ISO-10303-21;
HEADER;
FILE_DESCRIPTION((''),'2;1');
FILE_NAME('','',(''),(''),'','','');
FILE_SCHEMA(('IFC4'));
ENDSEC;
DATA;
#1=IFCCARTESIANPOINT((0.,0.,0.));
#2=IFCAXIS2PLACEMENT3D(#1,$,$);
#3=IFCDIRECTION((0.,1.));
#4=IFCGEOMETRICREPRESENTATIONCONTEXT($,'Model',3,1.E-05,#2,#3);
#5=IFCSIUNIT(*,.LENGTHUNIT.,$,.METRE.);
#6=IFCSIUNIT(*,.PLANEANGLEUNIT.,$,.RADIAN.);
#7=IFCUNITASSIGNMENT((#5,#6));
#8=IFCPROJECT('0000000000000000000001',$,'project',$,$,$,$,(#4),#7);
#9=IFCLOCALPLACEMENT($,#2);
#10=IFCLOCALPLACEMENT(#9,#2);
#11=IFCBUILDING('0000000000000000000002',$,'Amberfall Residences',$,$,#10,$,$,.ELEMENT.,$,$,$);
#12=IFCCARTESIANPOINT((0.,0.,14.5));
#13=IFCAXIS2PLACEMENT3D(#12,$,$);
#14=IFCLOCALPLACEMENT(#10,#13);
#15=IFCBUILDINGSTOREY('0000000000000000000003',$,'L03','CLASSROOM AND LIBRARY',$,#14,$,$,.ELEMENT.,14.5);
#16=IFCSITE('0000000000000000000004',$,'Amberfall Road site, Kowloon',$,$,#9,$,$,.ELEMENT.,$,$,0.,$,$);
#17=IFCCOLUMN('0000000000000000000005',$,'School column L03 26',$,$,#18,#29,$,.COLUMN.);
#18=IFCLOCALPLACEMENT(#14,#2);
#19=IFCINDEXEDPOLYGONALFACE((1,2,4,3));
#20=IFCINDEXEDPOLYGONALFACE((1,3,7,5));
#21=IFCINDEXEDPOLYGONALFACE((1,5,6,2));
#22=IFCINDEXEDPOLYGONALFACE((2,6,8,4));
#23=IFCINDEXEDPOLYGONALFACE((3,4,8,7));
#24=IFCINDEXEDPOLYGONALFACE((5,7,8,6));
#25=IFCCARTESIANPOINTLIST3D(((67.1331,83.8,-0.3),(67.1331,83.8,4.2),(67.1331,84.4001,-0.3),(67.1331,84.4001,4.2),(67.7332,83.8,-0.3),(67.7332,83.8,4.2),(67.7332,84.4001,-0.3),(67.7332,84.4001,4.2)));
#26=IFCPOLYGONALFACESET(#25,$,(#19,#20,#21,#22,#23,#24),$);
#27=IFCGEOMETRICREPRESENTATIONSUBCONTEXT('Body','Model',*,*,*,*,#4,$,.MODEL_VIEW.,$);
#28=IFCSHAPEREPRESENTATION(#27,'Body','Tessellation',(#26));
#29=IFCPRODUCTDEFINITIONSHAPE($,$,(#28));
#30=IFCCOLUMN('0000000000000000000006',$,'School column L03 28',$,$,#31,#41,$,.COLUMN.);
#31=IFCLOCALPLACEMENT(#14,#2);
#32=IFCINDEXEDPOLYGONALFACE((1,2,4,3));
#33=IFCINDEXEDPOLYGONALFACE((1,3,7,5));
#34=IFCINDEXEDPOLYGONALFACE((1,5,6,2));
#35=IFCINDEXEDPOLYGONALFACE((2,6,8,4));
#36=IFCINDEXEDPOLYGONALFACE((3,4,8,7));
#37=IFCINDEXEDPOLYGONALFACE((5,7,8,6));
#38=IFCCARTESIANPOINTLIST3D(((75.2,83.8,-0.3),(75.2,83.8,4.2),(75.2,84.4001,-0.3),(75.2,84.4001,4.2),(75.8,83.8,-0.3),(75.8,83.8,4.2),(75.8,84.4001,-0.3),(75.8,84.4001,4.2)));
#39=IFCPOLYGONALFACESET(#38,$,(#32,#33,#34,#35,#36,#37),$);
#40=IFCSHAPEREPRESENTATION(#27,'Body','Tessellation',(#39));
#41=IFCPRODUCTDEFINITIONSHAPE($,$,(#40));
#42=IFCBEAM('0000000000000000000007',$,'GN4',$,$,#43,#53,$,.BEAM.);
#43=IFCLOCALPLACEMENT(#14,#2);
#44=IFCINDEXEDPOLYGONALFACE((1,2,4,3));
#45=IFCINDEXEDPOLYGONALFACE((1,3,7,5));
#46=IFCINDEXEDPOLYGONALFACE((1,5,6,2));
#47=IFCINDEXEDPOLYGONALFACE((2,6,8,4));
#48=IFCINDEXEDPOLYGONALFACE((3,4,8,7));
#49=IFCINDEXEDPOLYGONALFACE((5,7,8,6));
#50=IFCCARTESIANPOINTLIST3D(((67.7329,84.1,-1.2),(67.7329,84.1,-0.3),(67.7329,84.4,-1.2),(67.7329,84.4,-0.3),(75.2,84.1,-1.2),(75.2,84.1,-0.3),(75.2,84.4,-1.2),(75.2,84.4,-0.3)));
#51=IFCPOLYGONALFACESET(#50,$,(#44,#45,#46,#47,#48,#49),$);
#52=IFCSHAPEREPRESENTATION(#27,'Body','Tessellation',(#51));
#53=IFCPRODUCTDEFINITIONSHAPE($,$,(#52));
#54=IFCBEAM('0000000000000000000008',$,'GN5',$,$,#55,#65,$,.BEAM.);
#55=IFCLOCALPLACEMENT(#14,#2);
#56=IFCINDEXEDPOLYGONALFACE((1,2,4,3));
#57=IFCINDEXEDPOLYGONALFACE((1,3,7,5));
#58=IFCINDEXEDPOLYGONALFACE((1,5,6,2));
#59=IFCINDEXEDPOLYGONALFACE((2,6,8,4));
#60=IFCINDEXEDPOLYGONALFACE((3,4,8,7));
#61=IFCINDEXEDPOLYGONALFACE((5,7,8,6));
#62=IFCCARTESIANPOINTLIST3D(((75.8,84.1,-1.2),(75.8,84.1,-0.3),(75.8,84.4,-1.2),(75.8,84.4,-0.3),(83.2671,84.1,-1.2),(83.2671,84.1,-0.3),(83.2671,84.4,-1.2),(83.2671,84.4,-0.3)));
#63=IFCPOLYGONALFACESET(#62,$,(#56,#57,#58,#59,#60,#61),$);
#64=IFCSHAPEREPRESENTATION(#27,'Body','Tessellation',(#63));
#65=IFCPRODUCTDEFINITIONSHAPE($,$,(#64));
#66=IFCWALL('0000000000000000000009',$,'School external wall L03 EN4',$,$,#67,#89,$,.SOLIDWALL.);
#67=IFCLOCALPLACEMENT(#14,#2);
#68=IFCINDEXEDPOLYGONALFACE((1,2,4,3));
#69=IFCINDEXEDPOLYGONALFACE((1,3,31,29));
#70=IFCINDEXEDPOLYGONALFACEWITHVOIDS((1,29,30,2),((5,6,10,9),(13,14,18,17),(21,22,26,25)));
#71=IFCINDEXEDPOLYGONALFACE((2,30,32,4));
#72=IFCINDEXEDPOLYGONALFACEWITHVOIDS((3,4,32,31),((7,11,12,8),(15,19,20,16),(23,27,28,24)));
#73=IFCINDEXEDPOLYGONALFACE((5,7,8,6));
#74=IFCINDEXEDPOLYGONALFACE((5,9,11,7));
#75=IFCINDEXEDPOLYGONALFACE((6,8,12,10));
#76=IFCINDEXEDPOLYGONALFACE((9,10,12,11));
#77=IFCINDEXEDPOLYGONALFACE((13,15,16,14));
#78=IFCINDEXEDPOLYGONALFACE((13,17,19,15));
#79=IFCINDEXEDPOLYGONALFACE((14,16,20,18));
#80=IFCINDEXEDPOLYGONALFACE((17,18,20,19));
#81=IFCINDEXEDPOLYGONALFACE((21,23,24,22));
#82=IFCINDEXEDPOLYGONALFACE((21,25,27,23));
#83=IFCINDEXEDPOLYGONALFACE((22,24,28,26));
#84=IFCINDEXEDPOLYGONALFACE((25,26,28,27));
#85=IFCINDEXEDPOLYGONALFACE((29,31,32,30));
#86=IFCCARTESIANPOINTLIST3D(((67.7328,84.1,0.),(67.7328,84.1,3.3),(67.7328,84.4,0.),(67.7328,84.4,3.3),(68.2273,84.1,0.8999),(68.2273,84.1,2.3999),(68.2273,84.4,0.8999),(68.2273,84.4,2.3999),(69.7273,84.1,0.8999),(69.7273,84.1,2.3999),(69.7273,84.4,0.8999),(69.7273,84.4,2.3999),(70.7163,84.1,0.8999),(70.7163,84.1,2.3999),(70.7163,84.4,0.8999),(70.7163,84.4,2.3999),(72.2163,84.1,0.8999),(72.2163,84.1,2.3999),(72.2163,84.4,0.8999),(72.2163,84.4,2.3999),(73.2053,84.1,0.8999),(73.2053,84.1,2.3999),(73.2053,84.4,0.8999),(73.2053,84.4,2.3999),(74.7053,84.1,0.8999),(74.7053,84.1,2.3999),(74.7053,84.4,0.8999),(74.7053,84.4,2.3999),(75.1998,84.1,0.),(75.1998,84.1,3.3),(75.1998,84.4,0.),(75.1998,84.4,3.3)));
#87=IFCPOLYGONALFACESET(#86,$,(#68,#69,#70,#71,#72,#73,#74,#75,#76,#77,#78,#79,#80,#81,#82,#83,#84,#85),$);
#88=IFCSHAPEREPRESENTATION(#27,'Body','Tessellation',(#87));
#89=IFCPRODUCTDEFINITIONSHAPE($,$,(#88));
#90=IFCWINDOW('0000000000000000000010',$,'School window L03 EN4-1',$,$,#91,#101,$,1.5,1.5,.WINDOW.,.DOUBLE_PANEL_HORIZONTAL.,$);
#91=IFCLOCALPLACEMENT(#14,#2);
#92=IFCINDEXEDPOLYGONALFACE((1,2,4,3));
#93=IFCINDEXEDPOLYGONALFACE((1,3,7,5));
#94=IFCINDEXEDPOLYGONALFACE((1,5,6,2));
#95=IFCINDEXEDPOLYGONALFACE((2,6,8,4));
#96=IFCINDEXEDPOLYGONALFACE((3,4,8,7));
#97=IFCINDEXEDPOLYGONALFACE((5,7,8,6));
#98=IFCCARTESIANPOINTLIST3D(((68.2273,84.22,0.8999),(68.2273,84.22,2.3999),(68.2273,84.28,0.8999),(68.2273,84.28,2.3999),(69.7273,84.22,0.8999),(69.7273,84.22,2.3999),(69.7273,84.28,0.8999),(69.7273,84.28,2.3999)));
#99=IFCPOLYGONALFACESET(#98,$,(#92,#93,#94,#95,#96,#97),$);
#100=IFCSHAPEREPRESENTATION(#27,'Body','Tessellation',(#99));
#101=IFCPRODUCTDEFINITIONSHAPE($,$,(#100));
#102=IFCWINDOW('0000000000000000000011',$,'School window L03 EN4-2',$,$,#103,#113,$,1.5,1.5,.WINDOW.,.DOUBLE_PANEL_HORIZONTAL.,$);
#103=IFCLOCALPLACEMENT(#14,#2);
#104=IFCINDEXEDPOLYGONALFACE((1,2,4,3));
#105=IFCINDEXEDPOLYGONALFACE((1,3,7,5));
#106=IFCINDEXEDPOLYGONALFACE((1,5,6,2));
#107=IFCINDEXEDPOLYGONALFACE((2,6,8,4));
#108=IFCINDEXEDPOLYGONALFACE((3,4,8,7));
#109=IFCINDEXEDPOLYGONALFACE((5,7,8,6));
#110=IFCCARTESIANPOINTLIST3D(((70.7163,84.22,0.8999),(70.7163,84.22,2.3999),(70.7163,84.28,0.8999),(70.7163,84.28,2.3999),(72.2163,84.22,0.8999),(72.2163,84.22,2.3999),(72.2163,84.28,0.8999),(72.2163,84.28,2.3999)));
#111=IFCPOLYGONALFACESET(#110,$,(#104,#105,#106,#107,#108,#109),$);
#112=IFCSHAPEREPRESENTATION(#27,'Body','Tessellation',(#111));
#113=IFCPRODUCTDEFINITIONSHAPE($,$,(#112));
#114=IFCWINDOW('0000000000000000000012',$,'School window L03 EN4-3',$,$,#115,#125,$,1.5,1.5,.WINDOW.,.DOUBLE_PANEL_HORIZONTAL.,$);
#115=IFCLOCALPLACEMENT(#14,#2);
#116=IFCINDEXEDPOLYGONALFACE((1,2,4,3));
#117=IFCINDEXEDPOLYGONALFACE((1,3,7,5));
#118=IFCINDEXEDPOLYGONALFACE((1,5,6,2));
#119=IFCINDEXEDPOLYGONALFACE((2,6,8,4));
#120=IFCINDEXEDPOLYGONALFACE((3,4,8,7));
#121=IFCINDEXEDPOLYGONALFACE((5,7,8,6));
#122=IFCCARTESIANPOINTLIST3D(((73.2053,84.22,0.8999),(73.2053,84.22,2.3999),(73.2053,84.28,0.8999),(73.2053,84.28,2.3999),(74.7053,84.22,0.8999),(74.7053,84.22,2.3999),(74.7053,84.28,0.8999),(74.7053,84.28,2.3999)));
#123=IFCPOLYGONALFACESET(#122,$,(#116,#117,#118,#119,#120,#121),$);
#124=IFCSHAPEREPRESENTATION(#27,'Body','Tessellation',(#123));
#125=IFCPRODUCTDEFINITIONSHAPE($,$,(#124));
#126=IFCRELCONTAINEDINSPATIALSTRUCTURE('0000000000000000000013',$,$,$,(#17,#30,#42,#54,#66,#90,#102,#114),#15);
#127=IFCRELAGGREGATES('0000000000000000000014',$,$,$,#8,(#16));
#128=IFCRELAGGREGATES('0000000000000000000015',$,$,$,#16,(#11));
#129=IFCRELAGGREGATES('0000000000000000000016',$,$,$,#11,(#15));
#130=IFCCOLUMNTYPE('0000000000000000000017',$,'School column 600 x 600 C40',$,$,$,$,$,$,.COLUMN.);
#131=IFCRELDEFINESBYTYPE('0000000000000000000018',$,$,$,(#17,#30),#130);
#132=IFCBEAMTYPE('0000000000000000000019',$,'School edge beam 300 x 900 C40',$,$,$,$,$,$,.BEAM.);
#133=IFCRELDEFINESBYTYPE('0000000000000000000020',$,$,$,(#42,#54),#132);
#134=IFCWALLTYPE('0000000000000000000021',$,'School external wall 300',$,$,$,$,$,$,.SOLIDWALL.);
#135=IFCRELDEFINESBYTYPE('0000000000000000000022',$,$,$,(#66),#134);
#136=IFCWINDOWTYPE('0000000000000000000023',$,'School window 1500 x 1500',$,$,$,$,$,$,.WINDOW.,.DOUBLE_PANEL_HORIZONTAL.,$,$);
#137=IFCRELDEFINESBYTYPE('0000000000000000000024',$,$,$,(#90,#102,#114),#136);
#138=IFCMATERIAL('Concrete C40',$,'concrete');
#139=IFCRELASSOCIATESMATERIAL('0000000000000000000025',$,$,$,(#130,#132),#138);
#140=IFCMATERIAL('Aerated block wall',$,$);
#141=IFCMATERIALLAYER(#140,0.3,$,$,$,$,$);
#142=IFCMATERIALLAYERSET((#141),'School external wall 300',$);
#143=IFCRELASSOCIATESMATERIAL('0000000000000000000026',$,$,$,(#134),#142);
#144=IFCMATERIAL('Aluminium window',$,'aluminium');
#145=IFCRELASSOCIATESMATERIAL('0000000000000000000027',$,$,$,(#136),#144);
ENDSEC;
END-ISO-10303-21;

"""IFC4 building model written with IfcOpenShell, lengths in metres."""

from ifc_helpers import new_model, si_unit, direction, frame, frame_2d, origin, origin_2d, place, context, subcontext, project, spatial, rectangle, extrude, material, layer, layer_set, material_profile, profile_set, type_object, element, fill, save


model = new_model("IFC4")

# Units and contexts
model_context = context("Model", 3, precision=1e-05, world=origin(), true_north=direction((0.0, 1.0)))
body_context = subcontext(model_context, "Body", "Model", "MODEL_VIEW")
ifc_project = project(units=[si_unit("LENGTHUNIT", "METRE"), si_unit("PLANEANGLEUNIT", "RADIAN")], contexts=[model_context])

# Site, building, storey
site_placement = place(None, origin())
site = spatial("IfcSite", under=ifc_project, at=site_placement, Name="Amberfall Road site, Kowloon", CompositionType="ELEMENT", RefElevation=0.0)
building_placement = place(site_placement, origin())
building = spatial("IfcBuilding", under=site, at=building_placement, Name="Amberfall Residences", CompositionType="ELEMENT")
storey_placement = place(building_placement, frame((0.0, 0.0, 14.5)))
storey = spatial("IfcBuildingStorey", under=building, at=storey_placement, Name="L03", Description="CLASSROOM AND LIBRARY", CompositionType="ELEMENT", Elevation=14.5)

# Columns
ifc_material_1 = material(Name="Concrete C40", Category="concrete")
ifc_material_profile_1 = material_profile(ifc_material_1, rectangle(XDim=0.6001, YDim=0.6001, at=origin_2d()), Name="School column 600 x 600 C40")
ifc_profile_set_1 = profile_set([ifc_material_profile_1], Name="Concrete C40")
column_type = type_object("IfcColumnType", Name="School column 600 x 600 C40", PredefinedType="COLUMN", material=ifc_profile_set_1)
for number, where, z_axis, x_axis, name in (
    (1, (67.4331, 84.1001, -0.3), (0.0, 0.0, 1.0), (1.0, 0.0, 0.0), "School column L03 26"),
    (2, (75.5, 84.1001, -0.3), (0.0, 0.0, 1.0), (1.0, 0.0, 0.0), "School column L03 28"),
):
    element("IfcColumn", number, at=place(storey_placement, frame(where, z_axis=z_axis, x_axis=x_axis)), inside=storey, type_object=column_type, Name=name, PredefinedType="COLUMN", context=body_context, shape_type="SweptSolid", body=[
        extrude(rectangle(XDim=0.6001, YDim=0.6001, at=origin_2d()), origin(), (0.0, 0.0, 1.0), 4.5),
    ])

# Beams
ifc_material_profile_2 = material_profile(ifc_material_1, rectangle(XDim=0.3, YDim=0.8999, at=origin_2d()), Name="School edge beam 300 x 900 C40")
ifc_profile_set_2 = profile_set([ifc_material_profile_2], Name="Concrete C40")
beam_type = type_object("IfcBeamType", Name="School edge beam 300 x 900 C40", PredefinedType="BEAM", material=ifc_profile_set_2)
for number, where, z_axis, x_axis, name in (
    (3, (67.7329, 84.25, -0.75), (1.0, 0.0, 0.0), (0.0, 1.0, 0.0), "GN4"),
    (4, (75.8, 84.25, -0.75), (1.0, 0.0, 0.0), (0.0, 1.0, 0.0), "GN5"),
):
    element("IfcBeam", number, at=place(storey_placement, frame(where, z_axis=z_axis, x_axis=x_axis)), inside=storey, type_object=beam_type, Name=name, PredefinedType="BEAM", context=body_context, shape_type="SweptSolid", body=[
        extrude(rectangle(XDim=0.3, YDim=0.8999, at=origin_2d()), origin(), (0.0, 0.0, 1.0), 7.467),
    ])

# Wall, openings, windows
ifc_material_2 = material(Name="Aerated block wall")
ifc_layer_1 = layer(ifc_material_2, 0.3)
ifc_layer_set_1 = layer_set([ifc_layer_1], Name="School external wall 300")
wall_type_1 = type_object("IfcWallType", Name="School external wall 300", PredefinedType="SOLIDWALL", material=ifc_layer_set_1)
wall_1_placement = place(storey_placement, frame((67.7329, 84.25, 0.0), z_axis=(0.0, 0.0, 1.0), x_axis=(1.0, 0.0, 0.0)))
wall_1 = element("IfcWall", 5, at=wall_1_placement, inside=storey, type_object=wall_type_1, Name="School external wall L03 EN4", PredefinedType="SOLIDWALL", context=body_context, shape_type="SweptSolid", body=[
    extrude(rectangle(XDim=7.467, YDim=0.3, at=frame_2d((3.7334, 0.0))), origin(), (0.0, 0.0, 1.0), 3.3),
])
opening_1_placement = place(wall_1_placement, frame((0.4944, 0.0, 0.8999)))
opening_1 = element("IfcOpeningElement", 6, at=opening_1_placement, cuts=wall_1, PredefinedType="OPENING", context=body_context, shape_type="SweptSolid", body=[
    extrude(rectangle(XDim=1.5, YDim=1.5, at=frame_2d((0.75, 0.75))), frame((0.0, 0.1599, 0.0), z_axis=(0.0, -1.0, 0.0), x_axis=(1.0, 0.0, 0.0)), (0.0, 0.0, 1.0), 0.3201),
])
opening_2_placement = place(wall_1_placement, frame((2.9834, 0.0, 0.8999)))
opening_2 = element("IfcOpeningElement", 7, at=opening_2_placement, cuts=wall_1, PredefinedType="OPENING", context=body_context, shape_type="SweptSolid", body=[
    extrude(rectangle(XDim=1.5, YDim=1.5, at=frame_2d((0.75, 0.75))), frame((0.0, 0.1599, 0.0), z_axis=(0.0, -1.0, 0.0), x_axis=(1.0, 0.0, 0.0)), (0.0, 0.0, 1.0), 0.3201),
])
opening_3_placement = place(wall_1_placement, frame((5.4724, 0.0, 0.8999)))
opening_3 = element("IfcOpeningElement", 8, at=opening_3_placement, cuts=wall_1, PredefinedType="OPENING", context=body_context, shape_type="SweptSolid", body=[
    extrude(rectangle(XDim=1.5, YDim=1.5, at=frame_2d((0.75, 0.75))), frame((0.0, 0.1599, 0.0), z_axis=(0.0, -1.0, 0.0), x_axis=(1.0, 0.0, 0.0)), (0.0, 0.0, 1.0), 0.3201),
])
ifc_material_3 = material(Name="Aluminium window", Category="aluminium")
window_type = type_object("IfcWindowType", Name="School window 1500 x 1500", PartitioningType="DOUBLE_PANEL_HORIZONTAL", PredefinedType="WINDOW", material=ifc_material_3)
window_1_placement = place(opening_1_placement, origin())
window_1 = element("IfcWindow", 9, at=window_1_placement, inside=storey, type_object=window_type, Name="School window L03 EN4-1", OverallHeight=1.5, OverallWidth=1.5, PartitioningType="DOUBLE_PANEL_HORIZONTAL", PredefinedType="WINDOW", context=body_context, shape_type="SweptSolid", body=[
    extrude(rectangle(XDim=1.5, YDim=1.5, at=frame_2d((0.75, 0.75))), frame((0.0, 0.03, 0.0), z_axis=(0.0, -1.0, 0.0), x_axis=(1.0, 0.0, 0.0)), (0.0, 0.0, 1.0), 0.0601),
])
fill(opening_1, window_1)
window_2_placement = place(opening_2_placement, origin())
window_2 = element("IfcWindow", 10, at=window_2_placement, inside=storey, type_object=window_type, Name="School window L03 EN4-2", OverallHeight=1.5, OverallWidth=1.5, PartitioningType="DOUBLE_PANEL_HORIZONTAL", PredefinedType="WINDOW", context=body_context, shape_type="SweptSolid", body=[
    extrude(rectangle(XDim=1.5, YDim=1.5, at=frame_2d((0.75, 0.75))), frame((0.0, 0.03, 0.0), z_axis=(0.0, -1.0, 0.0), x_axis=(1.0, 0.0, 0.0)), (0.0, 0.0, 1.0), 0.0601),
])
fill(opening_2, window_2)
window_3_placement = place(opening_3_placement, origin())
window_3 = element("IfcWindow", 11, at=window_3_placement, inside=storey, type_object=window_type, Name="School window L03 EN4-3", OverallHeight=1.5, OverallWidth=1.5, PartitioningType="DOUBLE_PANEL_HORIZONTAL", PredefinedType="WINDOW", context=body_context, shape_type="SweptSolid", body=[
    extrude(rectangle(XDim=1.5, YDim=1.5, at=frame_2d((0.75, 0.75))), frame((0.0, 0.03, 0.0), z_axis=(0.0, -1.0, 0.0), x_axis=(1.0, 0.0, 0.0)), (0.0, 0.0, 1.0), 0.0601),
])
fill(opening_3, window_3)

save(model, "model.ifc")
